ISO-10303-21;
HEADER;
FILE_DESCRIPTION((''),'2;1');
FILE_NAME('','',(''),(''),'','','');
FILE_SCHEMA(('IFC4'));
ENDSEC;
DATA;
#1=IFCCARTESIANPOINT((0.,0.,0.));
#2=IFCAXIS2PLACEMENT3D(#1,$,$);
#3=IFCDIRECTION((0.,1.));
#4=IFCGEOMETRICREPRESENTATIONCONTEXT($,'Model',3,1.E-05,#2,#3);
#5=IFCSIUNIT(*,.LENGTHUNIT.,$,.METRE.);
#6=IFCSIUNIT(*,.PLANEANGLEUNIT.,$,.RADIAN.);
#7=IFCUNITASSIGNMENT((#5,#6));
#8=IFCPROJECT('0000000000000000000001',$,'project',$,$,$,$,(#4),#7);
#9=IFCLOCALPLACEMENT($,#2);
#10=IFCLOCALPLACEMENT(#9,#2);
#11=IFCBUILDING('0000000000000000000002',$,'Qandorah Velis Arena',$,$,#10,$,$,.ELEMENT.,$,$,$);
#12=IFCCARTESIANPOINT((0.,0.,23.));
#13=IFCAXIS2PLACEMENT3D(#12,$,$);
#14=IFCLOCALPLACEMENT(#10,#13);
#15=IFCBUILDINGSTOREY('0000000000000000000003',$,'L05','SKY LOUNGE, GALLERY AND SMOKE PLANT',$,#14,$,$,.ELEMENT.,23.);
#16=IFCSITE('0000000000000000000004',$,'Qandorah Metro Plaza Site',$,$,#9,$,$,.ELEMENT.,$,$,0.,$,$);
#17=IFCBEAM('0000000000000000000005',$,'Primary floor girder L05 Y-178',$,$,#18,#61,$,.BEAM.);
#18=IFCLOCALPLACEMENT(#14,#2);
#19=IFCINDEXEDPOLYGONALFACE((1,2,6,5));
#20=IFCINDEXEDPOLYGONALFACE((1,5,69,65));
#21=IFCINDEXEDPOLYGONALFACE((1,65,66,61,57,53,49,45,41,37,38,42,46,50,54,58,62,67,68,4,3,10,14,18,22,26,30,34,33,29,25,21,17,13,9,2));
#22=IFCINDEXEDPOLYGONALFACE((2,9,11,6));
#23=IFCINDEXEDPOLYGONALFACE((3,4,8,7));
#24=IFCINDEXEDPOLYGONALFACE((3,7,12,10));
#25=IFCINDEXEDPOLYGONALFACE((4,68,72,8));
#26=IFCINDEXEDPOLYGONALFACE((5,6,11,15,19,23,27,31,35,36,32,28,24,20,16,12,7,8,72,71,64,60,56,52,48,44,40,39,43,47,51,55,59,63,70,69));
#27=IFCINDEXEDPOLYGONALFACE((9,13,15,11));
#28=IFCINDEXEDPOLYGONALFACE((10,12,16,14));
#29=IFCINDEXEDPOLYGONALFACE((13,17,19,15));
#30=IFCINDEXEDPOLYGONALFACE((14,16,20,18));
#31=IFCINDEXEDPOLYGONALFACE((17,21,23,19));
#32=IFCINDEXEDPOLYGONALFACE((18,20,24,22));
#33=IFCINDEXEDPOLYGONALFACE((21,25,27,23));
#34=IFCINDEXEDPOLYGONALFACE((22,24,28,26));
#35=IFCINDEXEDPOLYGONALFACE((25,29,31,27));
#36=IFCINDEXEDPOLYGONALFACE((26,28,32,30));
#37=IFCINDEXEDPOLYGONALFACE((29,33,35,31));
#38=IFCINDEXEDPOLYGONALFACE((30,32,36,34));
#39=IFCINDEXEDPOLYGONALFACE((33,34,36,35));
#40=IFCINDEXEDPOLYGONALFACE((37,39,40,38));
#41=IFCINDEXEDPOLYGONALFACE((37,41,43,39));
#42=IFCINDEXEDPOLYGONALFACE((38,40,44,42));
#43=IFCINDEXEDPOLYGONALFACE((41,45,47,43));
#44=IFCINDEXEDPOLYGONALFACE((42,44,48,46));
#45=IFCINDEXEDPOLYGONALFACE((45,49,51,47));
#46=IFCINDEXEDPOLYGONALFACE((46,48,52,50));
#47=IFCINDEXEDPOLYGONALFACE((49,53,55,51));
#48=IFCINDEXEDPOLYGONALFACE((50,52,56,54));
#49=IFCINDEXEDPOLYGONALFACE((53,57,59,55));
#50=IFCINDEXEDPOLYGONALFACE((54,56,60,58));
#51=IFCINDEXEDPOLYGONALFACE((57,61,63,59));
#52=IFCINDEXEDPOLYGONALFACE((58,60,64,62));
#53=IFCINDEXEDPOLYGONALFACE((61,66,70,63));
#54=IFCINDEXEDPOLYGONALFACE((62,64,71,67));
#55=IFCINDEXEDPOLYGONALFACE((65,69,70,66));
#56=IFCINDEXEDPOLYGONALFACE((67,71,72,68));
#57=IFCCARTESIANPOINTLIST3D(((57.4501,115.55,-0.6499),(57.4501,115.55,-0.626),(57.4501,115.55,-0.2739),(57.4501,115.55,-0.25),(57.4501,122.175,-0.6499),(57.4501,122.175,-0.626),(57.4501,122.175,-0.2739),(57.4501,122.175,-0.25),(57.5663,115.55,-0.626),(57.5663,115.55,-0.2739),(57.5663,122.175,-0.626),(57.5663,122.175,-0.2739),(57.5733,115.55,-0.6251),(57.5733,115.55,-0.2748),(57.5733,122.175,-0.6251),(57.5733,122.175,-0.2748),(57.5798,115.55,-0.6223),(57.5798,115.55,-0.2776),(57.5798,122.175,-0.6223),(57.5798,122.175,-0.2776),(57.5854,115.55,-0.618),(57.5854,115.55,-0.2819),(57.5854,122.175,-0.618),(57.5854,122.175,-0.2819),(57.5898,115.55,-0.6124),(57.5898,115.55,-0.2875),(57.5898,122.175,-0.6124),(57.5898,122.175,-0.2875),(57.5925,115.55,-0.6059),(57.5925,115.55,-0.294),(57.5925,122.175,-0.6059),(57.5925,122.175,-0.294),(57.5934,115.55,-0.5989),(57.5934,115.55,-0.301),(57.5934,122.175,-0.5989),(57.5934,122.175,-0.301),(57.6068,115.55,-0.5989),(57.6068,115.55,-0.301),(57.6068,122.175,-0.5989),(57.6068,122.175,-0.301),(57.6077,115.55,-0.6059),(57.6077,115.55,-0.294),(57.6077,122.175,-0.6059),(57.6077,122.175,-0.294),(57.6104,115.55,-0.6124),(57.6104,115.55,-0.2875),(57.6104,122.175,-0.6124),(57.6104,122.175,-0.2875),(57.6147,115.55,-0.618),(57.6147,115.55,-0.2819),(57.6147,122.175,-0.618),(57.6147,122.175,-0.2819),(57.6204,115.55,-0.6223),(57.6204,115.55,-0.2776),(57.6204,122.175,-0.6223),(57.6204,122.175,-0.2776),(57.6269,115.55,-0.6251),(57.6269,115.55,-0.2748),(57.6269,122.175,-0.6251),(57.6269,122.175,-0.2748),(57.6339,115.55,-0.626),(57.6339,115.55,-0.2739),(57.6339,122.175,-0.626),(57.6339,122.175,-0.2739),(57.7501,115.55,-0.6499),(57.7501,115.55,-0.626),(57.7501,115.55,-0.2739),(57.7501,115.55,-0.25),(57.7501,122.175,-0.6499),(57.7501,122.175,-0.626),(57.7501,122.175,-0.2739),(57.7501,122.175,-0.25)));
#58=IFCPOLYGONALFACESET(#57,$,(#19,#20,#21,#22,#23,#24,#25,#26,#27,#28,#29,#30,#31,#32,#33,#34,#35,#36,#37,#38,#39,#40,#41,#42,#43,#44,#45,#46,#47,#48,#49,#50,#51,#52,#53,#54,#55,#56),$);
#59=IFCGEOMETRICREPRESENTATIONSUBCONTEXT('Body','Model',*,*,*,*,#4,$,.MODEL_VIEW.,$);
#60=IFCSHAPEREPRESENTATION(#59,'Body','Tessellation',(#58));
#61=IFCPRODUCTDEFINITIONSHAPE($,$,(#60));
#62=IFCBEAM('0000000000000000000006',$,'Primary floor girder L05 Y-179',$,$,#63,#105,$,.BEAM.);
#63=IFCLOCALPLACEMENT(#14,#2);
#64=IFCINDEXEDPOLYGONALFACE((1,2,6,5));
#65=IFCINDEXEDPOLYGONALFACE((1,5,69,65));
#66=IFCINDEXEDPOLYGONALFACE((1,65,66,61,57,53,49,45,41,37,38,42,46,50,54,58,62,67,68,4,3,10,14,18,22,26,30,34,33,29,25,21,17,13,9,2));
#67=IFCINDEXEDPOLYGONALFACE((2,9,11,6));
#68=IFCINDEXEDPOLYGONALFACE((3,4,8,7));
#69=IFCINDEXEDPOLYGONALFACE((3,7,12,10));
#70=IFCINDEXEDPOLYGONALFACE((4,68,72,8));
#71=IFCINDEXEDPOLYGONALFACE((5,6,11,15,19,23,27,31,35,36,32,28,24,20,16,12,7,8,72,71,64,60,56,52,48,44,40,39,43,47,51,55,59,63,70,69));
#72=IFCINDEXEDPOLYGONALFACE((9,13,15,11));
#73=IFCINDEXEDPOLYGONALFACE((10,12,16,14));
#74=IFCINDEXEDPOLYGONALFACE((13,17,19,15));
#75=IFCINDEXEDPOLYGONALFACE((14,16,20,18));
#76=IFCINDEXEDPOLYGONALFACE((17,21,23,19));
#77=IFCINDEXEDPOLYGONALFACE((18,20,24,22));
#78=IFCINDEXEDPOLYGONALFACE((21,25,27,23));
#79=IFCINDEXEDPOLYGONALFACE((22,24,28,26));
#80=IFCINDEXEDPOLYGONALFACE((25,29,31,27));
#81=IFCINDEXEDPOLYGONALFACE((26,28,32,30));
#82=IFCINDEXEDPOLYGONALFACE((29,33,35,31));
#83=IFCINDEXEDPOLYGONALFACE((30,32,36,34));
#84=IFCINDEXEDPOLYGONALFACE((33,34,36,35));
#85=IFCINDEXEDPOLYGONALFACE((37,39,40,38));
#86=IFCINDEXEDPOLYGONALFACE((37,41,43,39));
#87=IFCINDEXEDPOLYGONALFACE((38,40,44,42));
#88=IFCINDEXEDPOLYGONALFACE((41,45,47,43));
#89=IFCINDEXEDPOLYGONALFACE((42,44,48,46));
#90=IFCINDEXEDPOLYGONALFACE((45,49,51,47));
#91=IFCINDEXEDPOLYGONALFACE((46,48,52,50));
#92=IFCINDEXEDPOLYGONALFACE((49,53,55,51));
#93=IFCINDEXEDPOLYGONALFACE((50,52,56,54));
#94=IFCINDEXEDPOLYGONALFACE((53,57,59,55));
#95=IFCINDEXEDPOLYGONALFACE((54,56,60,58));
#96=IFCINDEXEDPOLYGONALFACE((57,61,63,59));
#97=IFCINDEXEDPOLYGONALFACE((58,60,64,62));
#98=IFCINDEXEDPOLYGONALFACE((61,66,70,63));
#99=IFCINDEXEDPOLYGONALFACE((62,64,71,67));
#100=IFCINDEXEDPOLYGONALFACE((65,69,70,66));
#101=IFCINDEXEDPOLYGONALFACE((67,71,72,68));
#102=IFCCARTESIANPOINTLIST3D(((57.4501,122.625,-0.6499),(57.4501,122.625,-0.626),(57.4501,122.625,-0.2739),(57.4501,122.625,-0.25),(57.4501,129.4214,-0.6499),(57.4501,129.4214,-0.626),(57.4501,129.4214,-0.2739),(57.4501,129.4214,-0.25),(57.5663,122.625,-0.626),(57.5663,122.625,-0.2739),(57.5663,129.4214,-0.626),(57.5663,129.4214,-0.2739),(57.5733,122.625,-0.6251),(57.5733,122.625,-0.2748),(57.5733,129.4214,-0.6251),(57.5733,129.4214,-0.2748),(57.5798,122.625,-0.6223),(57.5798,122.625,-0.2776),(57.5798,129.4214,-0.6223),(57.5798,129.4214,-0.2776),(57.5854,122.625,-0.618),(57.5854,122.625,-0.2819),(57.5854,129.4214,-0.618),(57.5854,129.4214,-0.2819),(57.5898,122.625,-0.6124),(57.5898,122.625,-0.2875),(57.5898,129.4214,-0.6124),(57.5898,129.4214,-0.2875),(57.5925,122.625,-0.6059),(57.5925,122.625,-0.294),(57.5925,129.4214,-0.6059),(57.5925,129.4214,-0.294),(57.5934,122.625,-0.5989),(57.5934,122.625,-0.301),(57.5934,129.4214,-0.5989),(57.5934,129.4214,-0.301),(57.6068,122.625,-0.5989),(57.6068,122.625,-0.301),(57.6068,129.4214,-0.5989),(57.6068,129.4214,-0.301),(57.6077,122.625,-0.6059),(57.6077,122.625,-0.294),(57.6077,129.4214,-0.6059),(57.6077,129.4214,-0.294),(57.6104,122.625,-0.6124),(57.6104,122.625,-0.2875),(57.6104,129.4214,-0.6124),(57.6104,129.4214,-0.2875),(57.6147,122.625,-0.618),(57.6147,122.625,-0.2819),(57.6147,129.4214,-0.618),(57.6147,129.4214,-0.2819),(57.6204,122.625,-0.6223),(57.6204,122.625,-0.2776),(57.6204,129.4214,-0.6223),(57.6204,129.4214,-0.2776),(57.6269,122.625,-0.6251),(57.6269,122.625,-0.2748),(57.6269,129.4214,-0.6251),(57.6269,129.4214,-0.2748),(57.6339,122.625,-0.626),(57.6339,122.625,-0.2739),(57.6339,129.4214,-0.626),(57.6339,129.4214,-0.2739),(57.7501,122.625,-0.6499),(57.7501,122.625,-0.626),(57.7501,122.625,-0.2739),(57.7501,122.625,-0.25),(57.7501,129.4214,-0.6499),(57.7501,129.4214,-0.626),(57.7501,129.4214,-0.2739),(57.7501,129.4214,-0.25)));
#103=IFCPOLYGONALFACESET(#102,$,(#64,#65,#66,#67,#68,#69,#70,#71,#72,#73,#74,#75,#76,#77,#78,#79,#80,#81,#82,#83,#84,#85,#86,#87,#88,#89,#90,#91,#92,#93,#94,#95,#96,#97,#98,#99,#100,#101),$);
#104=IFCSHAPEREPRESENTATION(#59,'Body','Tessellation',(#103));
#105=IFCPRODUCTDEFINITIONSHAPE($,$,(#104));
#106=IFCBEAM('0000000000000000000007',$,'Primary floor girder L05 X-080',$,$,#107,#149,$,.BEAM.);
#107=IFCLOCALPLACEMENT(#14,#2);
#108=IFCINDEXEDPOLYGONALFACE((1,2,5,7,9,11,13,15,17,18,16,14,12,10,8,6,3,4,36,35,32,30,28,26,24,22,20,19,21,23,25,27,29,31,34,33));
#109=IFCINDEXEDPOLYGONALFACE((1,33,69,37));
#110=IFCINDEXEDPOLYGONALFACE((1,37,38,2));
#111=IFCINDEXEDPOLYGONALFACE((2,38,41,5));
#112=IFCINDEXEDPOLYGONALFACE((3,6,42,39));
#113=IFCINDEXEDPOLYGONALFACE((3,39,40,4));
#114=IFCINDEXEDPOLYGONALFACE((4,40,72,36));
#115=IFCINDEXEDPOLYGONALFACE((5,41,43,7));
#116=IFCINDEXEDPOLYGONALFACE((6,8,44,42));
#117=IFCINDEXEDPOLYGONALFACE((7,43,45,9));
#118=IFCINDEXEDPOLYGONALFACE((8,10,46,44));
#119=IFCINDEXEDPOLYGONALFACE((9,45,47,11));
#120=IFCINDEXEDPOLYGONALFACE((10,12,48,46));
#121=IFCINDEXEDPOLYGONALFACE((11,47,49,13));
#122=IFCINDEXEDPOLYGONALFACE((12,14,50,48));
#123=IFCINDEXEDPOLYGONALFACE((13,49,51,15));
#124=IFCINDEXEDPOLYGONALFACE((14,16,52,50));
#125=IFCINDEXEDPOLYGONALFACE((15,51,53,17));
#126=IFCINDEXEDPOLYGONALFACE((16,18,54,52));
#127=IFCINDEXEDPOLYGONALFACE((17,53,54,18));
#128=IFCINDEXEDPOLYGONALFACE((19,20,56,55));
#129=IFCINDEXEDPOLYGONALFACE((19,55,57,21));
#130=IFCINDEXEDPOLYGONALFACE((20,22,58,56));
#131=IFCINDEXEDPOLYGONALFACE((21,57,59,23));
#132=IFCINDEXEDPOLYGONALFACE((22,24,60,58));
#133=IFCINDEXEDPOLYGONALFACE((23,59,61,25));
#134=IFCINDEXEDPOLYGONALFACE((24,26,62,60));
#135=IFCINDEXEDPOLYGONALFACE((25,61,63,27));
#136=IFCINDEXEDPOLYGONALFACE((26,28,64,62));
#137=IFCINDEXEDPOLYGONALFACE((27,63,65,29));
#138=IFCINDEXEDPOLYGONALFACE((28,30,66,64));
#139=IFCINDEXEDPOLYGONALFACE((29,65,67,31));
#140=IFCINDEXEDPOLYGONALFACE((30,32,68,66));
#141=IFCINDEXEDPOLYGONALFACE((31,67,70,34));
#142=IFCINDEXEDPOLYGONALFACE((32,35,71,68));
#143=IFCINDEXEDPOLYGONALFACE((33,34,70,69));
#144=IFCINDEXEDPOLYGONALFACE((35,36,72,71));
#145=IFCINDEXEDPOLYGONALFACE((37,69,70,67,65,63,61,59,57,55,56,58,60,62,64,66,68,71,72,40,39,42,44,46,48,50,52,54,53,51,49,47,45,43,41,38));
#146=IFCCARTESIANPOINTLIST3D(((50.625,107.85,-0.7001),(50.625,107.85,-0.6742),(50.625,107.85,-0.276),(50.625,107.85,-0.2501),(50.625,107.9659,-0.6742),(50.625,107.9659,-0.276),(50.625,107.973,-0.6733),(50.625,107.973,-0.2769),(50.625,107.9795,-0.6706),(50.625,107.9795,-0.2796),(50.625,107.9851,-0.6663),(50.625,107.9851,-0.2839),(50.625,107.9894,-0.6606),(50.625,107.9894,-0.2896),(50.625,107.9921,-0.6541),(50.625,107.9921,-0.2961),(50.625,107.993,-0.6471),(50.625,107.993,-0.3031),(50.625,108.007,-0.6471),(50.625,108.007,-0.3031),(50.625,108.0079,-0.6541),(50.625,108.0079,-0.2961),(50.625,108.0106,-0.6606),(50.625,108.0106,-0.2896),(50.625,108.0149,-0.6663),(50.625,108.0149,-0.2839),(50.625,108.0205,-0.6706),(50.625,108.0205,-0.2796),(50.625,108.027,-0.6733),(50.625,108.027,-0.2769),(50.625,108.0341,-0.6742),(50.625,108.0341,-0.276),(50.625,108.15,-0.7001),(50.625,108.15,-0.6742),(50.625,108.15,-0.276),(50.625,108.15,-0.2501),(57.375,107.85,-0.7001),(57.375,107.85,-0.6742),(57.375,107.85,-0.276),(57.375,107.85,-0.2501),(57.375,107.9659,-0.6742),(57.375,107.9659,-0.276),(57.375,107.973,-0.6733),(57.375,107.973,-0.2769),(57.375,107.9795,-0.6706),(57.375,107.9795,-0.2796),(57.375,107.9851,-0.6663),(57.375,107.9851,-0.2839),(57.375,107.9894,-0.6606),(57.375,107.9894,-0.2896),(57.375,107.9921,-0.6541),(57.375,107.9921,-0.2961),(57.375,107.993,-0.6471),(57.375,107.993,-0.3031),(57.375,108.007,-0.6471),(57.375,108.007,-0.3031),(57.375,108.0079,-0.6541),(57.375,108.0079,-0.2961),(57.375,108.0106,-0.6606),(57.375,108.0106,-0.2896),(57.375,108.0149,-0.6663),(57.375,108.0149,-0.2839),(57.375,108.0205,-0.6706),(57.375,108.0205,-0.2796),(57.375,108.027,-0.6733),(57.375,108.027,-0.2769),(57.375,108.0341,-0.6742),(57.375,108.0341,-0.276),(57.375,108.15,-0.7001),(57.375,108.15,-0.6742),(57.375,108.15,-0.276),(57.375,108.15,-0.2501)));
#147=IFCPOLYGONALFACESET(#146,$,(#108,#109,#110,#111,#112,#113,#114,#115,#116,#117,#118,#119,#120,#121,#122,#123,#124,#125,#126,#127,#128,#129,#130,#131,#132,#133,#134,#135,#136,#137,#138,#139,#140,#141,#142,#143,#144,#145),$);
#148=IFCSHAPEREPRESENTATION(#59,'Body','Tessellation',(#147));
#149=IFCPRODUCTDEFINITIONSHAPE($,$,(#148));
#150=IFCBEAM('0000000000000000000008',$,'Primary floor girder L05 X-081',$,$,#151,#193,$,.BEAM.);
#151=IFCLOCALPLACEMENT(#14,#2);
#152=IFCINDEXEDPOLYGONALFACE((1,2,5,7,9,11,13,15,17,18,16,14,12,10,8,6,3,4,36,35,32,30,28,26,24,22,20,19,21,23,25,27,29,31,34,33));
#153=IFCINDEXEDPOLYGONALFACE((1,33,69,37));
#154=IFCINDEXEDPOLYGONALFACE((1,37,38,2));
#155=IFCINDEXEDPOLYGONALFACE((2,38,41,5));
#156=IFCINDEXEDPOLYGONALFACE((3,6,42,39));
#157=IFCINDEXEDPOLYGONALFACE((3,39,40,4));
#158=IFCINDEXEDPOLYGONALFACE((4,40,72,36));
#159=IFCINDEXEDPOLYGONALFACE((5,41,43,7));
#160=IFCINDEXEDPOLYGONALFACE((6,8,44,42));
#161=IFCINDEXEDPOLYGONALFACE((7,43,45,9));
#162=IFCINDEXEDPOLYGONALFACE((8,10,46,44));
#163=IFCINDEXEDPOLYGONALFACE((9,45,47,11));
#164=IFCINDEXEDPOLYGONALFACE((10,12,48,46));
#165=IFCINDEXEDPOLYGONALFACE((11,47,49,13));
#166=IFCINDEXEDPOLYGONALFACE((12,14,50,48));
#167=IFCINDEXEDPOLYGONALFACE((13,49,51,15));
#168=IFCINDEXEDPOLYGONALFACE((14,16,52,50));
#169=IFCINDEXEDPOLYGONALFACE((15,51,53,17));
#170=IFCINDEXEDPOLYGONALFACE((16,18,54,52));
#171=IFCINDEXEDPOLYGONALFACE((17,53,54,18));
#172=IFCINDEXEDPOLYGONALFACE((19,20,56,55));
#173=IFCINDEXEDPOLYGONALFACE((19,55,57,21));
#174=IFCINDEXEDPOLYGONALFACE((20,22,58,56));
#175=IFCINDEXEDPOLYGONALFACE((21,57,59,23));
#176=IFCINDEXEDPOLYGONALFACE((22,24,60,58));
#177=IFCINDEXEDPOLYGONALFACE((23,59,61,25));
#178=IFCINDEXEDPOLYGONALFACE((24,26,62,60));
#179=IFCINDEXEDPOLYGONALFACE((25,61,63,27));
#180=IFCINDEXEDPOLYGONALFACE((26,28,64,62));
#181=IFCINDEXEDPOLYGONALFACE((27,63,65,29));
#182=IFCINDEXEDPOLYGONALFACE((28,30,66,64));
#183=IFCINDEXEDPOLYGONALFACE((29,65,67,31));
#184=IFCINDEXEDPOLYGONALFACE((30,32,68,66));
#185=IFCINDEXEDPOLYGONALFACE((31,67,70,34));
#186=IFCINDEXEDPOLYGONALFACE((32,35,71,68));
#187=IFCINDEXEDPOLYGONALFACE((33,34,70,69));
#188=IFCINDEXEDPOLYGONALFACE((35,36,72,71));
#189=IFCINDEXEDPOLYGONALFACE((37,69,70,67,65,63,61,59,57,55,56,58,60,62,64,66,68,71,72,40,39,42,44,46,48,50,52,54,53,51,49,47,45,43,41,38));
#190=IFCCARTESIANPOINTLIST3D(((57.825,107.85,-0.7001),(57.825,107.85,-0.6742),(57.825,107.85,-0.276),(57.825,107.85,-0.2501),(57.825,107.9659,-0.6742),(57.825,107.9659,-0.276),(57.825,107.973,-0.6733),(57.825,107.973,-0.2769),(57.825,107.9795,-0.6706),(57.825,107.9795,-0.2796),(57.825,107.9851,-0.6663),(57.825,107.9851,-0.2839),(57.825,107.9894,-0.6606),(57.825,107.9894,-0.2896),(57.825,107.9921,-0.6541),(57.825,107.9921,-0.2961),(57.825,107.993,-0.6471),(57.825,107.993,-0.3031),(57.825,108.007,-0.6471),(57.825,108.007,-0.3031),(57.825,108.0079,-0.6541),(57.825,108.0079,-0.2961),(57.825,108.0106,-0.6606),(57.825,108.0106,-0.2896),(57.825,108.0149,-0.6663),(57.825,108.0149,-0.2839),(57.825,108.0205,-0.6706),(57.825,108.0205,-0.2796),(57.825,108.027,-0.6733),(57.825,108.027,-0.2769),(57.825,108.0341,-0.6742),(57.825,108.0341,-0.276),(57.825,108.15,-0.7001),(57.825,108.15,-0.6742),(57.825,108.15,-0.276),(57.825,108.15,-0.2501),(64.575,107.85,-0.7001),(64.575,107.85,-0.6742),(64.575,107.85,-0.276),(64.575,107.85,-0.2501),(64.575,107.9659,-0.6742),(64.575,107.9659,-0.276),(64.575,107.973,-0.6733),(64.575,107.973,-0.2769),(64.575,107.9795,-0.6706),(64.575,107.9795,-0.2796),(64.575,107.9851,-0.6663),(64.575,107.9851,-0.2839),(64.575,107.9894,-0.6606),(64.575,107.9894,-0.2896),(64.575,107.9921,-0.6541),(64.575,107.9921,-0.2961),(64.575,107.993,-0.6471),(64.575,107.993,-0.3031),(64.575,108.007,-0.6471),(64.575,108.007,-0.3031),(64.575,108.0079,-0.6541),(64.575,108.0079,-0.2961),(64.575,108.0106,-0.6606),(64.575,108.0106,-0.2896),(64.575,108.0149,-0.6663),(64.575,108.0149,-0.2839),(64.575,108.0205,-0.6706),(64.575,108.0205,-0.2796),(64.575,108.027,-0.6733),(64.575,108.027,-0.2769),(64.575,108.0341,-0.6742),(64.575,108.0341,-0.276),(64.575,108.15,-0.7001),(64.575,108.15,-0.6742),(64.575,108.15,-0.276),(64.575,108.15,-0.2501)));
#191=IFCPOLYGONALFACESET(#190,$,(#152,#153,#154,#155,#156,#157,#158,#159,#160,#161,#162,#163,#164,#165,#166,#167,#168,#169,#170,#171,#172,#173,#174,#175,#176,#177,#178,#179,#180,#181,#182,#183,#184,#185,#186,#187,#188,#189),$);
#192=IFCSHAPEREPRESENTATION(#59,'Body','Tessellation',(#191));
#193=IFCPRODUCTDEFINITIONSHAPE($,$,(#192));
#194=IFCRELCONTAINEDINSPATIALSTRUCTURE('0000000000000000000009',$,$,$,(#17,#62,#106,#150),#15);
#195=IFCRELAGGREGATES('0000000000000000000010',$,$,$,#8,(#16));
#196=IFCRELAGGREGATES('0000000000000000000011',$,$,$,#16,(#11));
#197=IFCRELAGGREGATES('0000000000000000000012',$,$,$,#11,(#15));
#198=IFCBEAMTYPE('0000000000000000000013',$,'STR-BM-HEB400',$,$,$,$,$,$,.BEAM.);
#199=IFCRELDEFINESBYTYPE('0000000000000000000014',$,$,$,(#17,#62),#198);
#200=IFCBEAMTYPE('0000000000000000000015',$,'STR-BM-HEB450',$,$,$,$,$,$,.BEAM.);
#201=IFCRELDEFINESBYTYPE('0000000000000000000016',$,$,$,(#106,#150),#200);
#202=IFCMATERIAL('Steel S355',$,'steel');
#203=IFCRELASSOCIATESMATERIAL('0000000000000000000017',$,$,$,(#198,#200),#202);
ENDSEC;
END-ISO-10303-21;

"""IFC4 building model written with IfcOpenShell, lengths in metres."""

from ifc_helpers import new_model, si_unit, direction, frame, origin, origin_2d, place, context, subcontext, project, spatial, i_section, extrude, material, material_profile, profile_set, type_object, element, save


model = new_model("IFC4")

# Units and contexts
model_context = context("Model", 3, precision=1e-05, world=origin(), true_north=direction((0.0, 1.0)))
body_context = subcontext(model_context, "Body", "Model", "MODEL_VIEW")
ifc_project = project(units=[si_unit("LENGTHUNIT", "METRE"), si_unit("PLANEANGLEUNIT", "RADIAN")], contexts=[model_context])

# Site, building, storey
site_placement = place(None, origin())
site = spatial("IfcSite", under=ifc_project, at=site_placement, Name="Qandorah Metro Plaza Site", CompositionType="ELEMENT", RefElevation=0.0)
building_placement = place(site_placement, origin())
building = spatial("IfcBuilding", under=site, at=building_placement, Name="Qandorah Velis Arena", CompositionType="ELEMENT")
storey_placement = place(building_placement, frame((0.0, 0.0, 23.0)))
storey = spatial("IfcBuildingStorey", under=building, at=storey_placement, Name="L05", Description="SKY LOUNGE, GALLERY AND SMOKE PLANT", CompositionType="ELEMENT", Elevation=23.0)

# Beams
ifc_material_1 = material(Name="Steel S355", Category="steel")
ifc_material_profile_1 = material_profile(ifc_material_1, i_section(OverallWidth=0.3, OverallDepth=0.3999, WebThickness=0.0134, FlangeThickness=0.0239, FilletRadius=0.0271, at=origin_2d()), Name="HEB 400")
ifc_profile_set_1 = profile_set([ifc_material_profile_1], Name="Steel S355")
beam_type_1 = type_object("IfcBeamType", Name="STR-BM-HEB400", PredefinedType="BEAM", material=ifc_profile_set_1)
for number, where, z_axis, x_axis, name in (
    (1, (57.6001, 115.55, -0.45), (0.0, 1.0, 0.0), (-1.0, 0.0, 0.0), "Primary floor girder L05 Y-178"),
):
    element("IfcBeam", number, at=place(storey_placement, frame(where, z_axis=z_axis, x_axis=x_axis)), inside=storey, type_object=beam_type_1, Name=name, PredefinedType="BEAM", context=body_context, shape_type="SweptSolid", body=[
        extrude(i_section(OverallWidth=0.3, OverallDepth=0.3999, WebThickness=0.0134, FlangeThickness=0.0239, FilletRadius=0.0271, at=origin_2d()), origin(), (0.0, 0.0, 1.0), 6.625),
    ])
beam_1_placement = place(storey_placement, frame((57.6001, 122.625, -0.45), z_axis=(0.0, 1.0, 0.0), x_axis=(-1.0, 0.0, 0.0)))
element("IfcBeam", 2, at=beam_1_placement, inside=storey, type_object=beam_type_1, Name="Primary floor girder L05 Y-179", PredefinedType="BEAM", context=body_context, shape_type="SweptSolid", body=[
    extrude(i_section(OverallWidth=0.3, OverallDepth=0.3999, WebThickness=0.0134, FlangeThickness=0.0239, FilletRadius=0.0271, at=origin_2d()), origin(), (0.0, 0.0, 1.0), 6.7964),
])
ifc_material_profile_2 = material_profile(ifc_material_1, i_section(OverallWidth=0.3, OverallDepth=0.45, WebThickness=0.0139, FlangeThickness=0.0259, FilletRadius=0.0271, at=origin_2d()), Name="HEB 450")
ifc_profile_set_2 = profile_set([ifc_material_profile_2], Name="Steel S355")
beam_type_2 = type_object("IfcBeamType", Name="STR-BM-HEB450", PredefinedType="BEAM", material=ifc_profile_set_2)
for number, where, z_axis, x_axis, name in (
    (3, (50.625, 108.0, -0.4751), (1.0, 0.0, 0.0), (0.0, 1.0, 0.0), "Primary floor girder L05 X-080"),
    (4, (57.825, 108.0, -0.4751), (1.0, 0.0, 0.0), (0.0, 1.0, 0.0), "Primary floor girder L05 X-081"),
):
    element("IfcBeam", number, at=place(storey_placement, frame(where, z_axis=z_axis, x_axis=x_axis)), inside=storey, type_object=beam_type_2, Name=name, PredefinedType="BEAM", context=body_context, shape_type="SweptSolid", body=[
        extrude(i_section(OverallWidth=0.3, OverallDepth=0.45, WebThickness=0.0139, FlangeThickness=0.0259, FilletRadius=0.0271, at=origin_2d()), origin(), (0.0, 0.0, 1.0), 6.75),
    ])

save(model, "model.ifc")
